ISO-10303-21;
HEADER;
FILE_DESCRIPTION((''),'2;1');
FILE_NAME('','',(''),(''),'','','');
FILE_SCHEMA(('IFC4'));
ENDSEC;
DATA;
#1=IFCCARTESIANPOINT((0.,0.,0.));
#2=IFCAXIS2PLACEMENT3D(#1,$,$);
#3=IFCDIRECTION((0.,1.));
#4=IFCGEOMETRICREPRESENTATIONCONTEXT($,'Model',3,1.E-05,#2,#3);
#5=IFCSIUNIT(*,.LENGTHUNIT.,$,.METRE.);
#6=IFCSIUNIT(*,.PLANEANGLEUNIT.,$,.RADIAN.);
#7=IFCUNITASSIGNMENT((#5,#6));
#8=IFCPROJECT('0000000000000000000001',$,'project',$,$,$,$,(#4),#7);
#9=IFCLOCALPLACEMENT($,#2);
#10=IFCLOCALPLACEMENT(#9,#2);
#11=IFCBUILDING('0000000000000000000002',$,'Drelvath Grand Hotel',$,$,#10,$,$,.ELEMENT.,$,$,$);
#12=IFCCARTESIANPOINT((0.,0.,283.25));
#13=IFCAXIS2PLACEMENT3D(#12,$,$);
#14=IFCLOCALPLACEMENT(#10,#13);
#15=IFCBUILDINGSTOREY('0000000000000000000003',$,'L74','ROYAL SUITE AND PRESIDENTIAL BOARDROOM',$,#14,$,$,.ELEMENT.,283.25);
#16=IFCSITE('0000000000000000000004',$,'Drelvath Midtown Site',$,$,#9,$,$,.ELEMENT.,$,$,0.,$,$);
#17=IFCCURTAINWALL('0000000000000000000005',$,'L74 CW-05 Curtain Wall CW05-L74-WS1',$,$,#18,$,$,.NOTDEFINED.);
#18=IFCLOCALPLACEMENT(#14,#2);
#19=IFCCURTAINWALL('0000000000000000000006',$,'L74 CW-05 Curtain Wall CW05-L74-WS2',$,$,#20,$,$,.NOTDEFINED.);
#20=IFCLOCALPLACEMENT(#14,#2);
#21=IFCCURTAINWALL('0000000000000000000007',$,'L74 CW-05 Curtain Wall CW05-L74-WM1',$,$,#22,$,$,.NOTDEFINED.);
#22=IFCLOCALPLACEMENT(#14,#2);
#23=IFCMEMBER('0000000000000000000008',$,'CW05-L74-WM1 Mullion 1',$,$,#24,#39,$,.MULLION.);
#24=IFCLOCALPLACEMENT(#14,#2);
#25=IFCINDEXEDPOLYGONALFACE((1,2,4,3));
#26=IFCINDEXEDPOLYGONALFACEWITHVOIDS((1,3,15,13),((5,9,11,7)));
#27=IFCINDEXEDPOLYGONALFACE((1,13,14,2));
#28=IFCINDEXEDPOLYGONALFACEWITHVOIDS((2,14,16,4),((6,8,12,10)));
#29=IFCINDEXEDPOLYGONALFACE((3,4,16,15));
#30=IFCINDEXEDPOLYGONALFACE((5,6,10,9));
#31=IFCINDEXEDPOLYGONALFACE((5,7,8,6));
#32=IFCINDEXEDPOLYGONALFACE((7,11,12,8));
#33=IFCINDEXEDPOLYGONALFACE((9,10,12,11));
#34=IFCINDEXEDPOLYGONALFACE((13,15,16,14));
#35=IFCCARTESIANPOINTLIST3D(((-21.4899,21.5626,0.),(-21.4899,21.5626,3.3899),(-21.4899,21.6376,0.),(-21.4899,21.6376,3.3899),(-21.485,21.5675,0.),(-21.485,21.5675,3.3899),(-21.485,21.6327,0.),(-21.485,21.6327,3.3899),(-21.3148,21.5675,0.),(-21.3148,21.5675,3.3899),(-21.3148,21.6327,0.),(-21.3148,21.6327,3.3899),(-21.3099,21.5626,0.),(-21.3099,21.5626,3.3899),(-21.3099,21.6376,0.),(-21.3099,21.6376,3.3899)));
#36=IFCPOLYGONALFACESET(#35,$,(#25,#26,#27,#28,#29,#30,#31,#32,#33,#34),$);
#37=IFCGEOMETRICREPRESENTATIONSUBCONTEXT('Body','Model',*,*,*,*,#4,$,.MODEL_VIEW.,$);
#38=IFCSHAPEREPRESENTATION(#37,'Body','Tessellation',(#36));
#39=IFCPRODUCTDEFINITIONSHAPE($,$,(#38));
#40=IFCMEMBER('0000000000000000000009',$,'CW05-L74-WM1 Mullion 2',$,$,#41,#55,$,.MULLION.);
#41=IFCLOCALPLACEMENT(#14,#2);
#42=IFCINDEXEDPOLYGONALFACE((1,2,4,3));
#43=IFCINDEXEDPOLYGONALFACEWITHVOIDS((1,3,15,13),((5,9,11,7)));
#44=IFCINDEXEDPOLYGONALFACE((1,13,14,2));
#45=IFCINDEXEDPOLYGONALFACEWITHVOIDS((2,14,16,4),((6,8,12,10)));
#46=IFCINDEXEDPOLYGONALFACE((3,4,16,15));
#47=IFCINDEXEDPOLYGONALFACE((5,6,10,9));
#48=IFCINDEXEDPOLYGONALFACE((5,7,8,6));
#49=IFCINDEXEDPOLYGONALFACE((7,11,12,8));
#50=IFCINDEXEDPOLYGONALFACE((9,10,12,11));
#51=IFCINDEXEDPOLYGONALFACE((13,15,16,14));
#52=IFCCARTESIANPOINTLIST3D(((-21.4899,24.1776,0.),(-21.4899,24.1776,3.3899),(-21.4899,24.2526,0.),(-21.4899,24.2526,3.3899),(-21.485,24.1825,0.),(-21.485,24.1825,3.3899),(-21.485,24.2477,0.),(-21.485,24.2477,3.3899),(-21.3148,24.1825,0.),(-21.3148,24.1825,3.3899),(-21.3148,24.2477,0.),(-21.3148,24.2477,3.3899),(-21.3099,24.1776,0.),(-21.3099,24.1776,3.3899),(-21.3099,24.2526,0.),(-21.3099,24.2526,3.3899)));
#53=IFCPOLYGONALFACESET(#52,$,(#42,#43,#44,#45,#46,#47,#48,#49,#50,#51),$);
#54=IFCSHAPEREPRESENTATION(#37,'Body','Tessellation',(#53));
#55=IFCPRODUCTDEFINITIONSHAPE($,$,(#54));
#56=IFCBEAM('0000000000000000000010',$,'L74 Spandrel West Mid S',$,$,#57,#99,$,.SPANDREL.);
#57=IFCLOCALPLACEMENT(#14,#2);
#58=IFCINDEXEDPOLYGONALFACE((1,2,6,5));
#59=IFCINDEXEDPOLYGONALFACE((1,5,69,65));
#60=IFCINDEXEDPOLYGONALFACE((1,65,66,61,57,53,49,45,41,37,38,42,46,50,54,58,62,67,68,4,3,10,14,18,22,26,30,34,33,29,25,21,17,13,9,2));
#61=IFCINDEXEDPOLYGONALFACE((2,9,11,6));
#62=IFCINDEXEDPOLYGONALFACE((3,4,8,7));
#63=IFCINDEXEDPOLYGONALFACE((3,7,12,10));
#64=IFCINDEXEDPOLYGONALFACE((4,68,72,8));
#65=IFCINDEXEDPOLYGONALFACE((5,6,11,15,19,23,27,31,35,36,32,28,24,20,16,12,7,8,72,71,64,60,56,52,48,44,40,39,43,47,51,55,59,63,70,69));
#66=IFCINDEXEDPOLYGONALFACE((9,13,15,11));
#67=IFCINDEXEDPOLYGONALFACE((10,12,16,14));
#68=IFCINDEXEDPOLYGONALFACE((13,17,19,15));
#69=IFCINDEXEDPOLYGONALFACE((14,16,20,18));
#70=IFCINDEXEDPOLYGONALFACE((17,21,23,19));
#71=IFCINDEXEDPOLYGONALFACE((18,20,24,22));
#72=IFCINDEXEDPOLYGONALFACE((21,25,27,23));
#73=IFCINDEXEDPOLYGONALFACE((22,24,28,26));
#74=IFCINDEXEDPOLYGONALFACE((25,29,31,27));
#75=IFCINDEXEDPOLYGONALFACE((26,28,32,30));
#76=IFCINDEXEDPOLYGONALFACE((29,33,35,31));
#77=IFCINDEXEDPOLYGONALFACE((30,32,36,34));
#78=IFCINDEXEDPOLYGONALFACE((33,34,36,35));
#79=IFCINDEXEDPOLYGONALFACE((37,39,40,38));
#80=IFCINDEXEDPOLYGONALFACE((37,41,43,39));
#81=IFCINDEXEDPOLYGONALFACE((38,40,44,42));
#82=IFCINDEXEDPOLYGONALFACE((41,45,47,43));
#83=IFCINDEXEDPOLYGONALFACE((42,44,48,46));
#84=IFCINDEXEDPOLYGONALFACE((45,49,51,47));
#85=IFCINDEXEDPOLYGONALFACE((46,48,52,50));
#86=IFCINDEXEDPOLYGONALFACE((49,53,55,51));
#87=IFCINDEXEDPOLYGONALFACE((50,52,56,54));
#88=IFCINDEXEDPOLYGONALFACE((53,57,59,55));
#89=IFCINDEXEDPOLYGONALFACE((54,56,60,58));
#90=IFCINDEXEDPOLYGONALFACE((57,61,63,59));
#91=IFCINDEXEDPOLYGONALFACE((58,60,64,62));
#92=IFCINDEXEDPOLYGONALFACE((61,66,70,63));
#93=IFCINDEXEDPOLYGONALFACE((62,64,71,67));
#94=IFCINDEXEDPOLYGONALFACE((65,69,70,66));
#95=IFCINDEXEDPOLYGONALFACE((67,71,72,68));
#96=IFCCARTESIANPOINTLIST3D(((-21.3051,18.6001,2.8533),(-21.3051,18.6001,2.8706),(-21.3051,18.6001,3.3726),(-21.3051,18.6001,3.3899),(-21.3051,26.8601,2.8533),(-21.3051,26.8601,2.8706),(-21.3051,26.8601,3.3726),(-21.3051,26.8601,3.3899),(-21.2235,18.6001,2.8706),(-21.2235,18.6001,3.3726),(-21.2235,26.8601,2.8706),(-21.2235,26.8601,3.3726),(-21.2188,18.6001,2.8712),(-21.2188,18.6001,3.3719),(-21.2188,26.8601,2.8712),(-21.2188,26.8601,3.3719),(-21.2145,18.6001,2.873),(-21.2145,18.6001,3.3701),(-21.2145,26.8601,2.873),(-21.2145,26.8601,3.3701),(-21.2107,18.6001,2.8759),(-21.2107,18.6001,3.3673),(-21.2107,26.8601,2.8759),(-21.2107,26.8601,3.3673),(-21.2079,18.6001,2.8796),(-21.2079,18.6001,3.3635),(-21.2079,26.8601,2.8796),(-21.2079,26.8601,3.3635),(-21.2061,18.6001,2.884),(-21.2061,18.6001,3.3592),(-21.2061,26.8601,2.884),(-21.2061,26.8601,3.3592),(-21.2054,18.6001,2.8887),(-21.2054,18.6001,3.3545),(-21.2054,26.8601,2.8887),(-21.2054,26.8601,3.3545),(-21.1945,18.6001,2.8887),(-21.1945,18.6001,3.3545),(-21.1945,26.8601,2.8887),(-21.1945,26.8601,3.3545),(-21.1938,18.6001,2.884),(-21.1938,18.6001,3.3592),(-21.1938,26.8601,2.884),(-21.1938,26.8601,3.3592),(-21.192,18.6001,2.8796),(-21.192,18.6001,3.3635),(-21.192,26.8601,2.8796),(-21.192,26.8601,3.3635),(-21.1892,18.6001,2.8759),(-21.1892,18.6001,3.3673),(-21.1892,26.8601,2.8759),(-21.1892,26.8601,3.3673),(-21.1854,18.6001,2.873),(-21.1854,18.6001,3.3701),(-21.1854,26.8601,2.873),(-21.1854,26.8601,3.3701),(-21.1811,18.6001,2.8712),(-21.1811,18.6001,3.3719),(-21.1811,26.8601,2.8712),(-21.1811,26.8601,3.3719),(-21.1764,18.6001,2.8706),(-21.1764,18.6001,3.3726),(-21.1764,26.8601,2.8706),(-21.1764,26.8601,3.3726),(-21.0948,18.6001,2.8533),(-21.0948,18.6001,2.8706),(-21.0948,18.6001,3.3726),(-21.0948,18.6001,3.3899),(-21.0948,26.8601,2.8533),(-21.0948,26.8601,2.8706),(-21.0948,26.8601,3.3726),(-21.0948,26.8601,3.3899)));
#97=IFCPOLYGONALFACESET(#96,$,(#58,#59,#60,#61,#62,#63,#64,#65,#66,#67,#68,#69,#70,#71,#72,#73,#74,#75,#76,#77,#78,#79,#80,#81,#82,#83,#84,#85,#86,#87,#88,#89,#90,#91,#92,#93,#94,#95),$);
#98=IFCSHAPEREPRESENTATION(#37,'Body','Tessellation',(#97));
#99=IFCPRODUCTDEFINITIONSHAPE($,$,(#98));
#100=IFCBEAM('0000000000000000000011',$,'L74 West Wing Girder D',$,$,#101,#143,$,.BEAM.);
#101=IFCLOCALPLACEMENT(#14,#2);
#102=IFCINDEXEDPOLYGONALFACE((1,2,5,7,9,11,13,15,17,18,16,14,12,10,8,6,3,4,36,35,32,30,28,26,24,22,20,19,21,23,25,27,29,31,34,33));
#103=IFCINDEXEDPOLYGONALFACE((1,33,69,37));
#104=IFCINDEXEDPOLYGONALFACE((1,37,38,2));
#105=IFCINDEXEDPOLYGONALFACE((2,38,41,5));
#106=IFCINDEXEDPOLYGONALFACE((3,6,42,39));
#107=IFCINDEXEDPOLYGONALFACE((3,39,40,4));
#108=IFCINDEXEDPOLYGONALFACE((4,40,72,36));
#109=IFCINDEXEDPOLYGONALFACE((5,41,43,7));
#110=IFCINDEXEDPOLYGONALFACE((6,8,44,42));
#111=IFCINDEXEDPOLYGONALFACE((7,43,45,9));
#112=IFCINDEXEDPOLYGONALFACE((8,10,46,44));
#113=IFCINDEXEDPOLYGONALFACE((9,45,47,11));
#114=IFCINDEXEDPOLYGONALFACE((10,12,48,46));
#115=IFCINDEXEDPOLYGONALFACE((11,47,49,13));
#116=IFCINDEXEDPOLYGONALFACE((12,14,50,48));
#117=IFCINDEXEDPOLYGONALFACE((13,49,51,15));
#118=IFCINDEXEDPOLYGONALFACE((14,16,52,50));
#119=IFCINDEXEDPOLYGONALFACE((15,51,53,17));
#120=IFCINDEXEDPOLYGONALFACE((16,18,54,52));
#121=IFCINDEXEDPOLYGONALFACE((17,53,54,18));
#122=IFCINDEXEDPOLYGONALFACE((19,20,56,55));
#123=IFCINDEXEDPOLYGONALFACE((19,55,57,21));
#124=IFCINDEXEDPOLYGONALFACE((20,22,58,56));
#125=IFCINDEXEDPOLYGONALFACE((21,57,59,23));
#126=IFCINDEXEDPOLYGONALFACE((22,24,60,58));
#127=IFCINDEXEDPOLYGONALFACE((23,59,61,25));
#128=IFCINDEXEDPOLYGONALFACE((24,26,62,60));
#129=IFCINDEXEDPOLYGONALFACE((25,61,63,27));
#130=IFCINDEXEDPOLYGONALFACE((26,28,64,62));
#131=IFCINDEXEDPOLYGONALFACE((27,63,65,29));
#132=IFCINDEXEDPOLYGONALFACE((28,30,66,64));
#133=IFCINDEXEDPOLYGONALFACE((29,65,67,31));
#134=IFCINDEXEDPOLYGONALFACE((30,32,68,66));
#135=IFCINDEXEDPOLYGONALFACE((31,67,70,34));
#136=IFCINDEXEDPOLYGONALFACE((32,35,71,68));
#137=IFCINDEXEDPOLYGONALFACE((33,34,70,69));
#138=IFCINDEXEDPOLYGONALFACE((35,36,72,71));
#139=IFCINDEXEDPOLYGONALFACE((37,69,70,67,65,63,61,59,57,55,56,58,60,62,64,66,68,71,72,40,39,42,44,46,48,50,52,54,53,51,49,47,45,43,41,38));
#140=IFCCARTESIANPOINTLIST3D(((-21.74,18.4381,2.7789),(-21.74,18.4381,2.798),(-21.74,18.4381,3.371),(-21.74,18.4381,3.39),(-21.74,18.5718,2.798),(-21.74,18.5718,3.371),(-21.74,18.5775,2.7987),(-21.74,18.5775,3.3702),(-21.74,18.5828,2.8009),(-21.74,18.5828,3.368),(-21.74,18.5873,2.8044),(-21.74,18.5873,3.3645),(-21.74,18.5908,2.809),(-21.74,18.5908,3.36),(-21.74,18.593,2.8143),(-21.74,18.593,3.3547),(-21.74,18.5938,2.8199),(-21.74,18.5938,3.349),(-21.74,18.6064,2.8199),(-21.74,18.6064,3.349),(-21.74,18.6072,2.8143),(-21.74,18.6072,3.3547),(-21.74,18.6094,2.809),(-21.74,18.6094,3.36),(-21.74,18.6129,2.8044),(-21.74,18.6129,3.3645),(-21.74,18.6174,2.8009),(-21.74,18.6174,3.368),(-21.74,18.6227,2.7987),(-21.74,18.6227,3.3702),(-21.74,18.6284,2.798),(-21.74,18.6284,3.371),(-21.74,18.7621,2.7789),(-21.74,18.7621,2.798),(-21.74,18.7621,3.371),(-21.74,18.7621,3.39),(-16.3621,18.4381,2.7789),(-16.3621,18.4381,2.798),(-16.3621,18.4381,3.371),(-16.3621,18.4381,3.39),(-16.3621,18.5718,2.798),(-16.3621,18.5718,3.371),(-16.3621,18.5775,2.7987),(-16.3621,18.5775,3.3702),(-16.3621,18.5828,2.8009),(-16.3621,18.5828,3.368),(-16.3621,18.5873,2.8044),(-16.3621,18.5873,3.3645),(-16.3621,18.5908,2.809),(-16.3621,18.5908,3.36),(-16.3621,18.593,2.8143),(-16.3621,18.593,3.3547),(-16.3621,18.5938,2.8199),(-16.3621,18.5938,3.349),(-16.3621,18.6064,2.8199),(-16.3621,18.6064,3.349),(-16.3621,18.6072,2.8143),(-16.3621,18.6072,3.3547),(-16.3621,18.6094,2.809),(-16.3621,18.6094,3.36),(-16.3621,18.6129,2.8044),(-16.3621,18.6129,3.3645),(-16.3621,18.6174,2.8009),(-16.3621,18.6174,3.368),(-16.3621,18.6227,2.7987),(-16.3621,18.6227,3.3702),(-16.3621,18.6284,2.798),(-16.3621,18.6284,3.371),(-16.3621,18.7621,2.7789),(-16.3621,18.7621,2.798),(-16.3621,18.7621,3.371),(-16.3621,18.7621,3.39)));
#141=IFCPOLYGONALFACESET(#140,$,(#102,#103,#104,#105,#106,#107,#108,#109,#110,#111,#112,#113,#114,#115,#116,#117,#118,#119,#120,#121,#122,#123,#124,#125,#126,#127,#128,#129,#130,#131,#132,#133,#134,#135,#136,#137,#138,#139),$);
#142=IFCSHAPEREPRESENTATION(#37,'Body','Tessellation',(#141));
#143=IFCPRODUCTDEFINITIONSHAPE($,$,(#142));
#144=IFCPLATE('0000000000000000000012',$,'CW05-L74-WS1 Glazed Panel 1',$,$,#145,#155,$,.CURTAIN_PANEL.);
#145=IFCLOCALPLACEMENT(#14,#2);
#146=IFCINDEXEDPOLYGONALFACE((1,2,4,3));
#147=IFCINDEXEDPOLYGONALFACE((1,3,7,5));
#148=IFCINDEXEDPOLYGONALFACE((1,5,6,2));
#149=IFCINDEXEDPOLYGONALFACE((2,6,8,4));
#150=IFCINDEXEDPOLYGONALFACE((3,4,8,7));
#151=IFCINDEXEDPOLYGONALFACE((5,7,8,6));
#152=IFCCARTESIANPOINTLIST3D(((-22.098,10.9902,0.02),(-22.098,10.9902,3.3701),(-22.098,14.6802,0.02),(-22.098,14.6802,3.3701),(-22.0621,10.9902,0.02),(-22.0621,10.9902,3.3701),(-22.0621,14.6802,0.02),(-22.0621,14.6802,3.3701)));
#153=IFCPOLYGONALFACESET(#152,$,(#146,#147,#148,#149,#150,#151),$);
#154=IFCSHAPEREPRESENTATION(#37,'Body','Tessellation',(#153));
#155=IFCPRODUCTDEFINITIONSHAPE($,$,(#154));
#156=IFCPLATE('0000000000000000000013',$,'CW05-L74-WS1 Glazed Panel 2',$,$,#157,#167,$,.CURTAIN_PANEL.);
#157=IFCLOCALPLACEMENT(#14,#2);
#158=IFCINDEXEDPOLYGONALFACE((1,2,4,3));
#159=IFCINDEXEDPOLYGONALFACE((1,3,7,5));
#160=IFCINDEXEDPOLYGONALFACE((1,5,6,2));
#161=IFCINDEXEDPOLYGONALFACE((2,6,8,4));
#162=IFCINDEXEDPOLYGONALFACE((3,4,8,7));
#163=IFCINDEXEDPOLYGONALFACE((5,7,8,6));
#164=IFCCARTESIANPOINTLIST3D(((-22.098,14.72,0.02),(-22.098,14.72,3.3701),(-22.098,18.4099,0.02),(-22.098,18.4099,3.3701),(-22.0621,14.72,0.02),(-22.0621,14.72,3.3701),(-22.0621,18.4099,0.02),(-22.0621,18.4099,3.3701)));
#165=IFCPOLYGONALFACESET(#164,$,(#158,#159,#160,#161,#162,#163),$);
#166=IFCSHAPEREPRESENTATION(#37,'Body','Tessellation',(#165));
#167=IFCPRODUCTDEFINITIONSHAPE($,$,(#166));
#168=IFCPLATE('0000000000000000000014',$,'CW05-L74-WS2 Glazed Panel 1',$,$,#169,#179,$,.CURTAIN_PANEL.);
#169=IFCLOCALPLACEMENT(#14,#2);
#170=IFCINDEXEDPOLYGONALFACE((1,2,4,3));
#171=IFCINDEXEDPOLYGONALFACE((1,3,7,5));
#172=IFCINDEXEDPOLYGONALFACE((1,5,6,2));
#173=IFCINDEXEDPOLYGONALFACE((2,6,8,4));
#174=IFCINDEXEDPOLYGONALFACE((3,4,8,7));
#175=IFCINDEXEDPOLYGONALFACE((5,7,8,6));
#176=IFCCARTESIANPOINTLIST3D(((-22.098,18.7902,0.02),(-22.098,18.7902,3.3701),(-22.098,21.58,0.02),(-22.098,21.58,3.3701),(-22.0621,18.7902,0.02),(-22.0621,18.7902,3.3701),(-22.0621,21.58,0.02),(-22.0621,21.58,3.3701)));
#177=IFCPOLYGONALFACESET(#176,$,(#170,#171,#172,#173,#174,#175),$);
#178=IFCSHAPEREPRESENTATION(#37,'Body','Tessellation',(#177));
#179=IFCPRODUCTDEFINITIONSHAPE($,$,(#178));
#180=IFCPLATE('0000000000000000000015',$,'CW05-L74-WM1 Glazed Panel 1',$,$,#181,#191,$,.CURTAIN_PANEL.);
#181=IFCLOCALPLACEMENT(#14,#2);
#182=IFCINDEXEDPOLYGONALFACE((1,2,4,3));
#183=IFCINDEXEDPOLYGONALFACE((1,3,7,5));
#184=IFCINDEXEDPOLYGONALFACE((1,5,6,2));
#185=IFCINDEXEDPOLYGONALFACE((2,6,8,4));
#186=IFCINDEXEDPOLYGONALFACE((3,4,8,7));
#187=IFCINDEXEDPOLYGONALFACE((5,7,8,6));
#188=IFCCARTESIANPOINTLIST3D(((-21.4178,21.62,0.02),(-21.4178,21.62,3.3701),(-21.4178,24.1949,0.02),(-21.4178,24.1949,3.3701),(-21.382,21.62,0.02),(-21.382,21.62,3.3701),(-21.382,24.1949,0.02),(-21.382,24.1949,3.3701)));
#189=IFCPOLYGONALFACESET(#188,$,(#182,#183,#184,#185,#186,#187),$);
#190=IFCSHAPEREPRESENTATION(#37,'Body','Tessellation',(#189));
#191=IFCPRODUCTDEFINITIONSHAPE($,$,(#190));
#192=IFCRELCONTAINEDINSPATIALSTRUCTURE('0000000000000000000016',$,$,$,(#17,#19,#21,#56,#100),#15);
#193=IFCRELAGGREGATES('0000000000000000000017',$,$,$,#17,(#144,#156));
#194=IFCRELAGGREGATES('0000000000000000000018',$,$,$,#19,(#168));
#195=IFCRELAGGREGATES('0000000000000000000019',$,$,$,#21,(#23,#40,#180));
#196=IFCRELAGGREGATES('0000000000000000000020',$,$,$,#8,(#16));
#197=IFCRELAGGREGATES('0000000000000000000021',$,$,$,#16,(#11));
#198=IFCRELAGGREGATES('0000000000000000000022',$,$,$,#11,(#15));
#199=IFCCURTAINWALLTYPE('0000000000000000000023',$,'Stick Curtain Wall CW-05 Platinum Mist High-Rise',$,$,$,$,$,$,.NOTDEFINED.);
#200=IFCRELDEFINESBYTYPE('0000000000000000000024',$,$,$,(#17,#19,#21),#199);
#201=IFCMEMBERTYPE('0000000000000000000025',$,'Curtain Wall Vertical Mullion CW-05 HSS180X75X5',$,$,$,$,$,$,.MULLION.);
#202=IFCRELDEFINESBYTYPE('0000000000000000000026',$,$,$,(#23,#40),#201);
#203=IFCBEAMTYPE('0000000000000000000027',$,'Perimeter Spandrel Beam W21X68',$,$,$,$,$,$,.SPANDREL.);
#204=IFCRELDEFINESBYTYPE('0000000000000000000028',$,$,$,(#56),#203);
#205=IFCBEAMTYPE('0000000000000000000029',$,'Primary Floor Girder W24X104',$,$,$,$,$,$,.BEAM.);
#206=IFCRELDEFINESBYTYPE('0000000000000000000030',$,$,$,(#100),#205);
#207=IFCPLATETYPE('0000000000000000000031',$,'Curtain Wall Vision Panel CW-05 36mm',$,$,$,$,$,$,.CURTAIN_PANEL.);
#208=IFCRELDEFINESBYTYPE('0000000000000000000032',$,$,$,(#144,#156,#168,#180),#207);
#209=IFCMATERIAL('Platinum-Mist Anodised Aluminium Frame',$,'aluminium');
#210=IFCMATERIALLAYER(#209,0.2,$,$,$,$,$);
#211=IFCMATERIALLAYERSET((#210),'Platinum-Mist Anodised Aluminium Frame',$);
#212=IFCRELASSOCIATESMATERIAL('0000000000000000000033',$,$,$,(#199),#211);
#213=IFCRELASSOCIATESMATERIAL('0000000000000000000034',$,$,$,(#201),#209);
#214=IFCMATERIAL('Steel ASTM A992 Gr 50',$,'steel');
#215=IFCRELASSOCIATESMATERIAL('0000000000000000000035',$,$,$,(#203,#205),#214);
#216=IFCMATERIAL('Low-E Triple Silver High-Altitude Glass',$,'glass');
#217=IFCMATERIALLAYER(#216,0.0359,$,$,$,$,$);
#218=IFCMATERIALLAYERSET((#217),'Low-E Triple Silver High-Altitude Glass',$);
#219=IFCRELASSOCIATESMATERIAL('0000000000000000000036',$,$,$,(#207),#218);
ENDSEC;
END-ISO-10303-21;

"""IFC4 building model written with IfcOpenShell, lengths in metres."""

from ifc_helpers import new_model, si_unit, direction, frame, origin, origin_2d, place, context, subcontext, project, spatial, rectangle, hollow_rectangle, i_section, extrude, material, layer, layer_set, material_profile, profile_set, type_object, element, aggregate, save


model = new_model("IFC4")

# Units and contexts
model_context = context("Model", 3, precision=1e-05, world=origin(), true_north=direction((0.0, 1.0)))
body_context = subcontext(model_context, "Body", "Model", "MODEL_VIEW")
ifc_project = project(units=[si_unit("LENGTHUNIT", "METRE"), si_unit("PLANEANGLEUNIT", "RADIAN")], contexts=[model_context])

# Site, building, storey
site_placement = place(None, origin())
site = spatial("IfcSite", under=ifc_project, at=site_placement, Name="Drelvath Midtown Site", CompositionType="ELEMENT", RefElevation=0.0)
building_placement = place(site_placement, origin())
building = spatial("IfcBuilding", under=site, at=building_placement, Name="Drelvath Grand Hotel", CompositionType="ELEMENT")
storey_placement = place(building_placement, frame((0.0, 0.0, 283.25)))
storey = spatial("IfcBuildingStorey", under=building, at=storey_placement, Name="L74", Description="ROYAL SUITE AND PRESIDENTIAL BOARDROOM", CompositionType="ELEMENT", Elevation=283.25)

# Curtain walls
ifc_material_1 = material(Name="Platinum-Mist Anodised Aluminium Frame", Category="aluminium")
ifc_layer_1 = layer(ifc_material_1, 0.2)
ifc_layer_set_1 = layer_set([ifc_layer_1], Name="Platinum-Mist Anodised Aluminium Frame")
curtain_wall_type = type_object("IfcCurtainWallType", Name="Stick Curtain Wall CW-05 Platinum Mist High-Rise", PredefinedType="NOTDEFINED", material=ifc_layer_set_1)
curtain_wall_1_placement = place(storey_placement, origin())
curtain_wall_1 = element("IfcCurtainWall", 1, at=curtain_wall_1_placement, inside=storey, type_object=curtain_wall_type, Name="L74 CW-05 Curtain Wall CW05-L74-WS1", PredefinedType="NOTDEFINED")
curtain_wall_2_placement = place(storey_placement, origin())
curtain_wall_2 = element("IfcCurtainWall", 2, at=curtain_wall_2_placement, inside=storey, type_object=curtain_wall_type, Name="L74 CW-05 Curtain Wall CW05-L74-WS2", PredefinedType="NOTDEFINED")
curtain_wall_3_placement = place(storey_placement, origin())
curtain_wall_3 = element("IfcCurtainWall", 3, at=curtain_wall_3_placement, inside=storey, type_object=curtain_wall_type, Name="L74 CW-05 Curtain Wall CW05-L74-WM1", PredefinedType="NOTDEFINED")

# Members
ifc_material_profile_1 = material_profile(ifc_material_1, hollow_rectangle(XDim=0.075, YDim=0.1799, WallThickness=0.0049, at=origin_2d()), Name="HSS180X75X5")
ifc_profile_set_1 = profile_set([ifc_material_profile_1], Name="Platinum-Mist Anodised Aluminium Frame")
member_type_1 = type_object("IfcMemberType", Name="Curtain Wall Vertical Mullion CW-05 HSS180X75X5", PredefinedType="MULLION", material=ifc_profile_set_1)
member_1_placement = place(storey_placement, frame((-21.3999, 21.6001, 0.0), z_axis=(0.0, 0.0, 1.0), x_axis=(0.0, 1.0, 0.0)))
member_1 = element("IfcMember", 4, at=member_1_placement, type_object=member_type_1, Name="CW05-L74-WM1 Mullion 1", PredefinedType="MULLION", context=body_context, shape_type="SweptSolid", body=[
    extrude(hollow_rectangle(XDim=0.075, YDim=0.1799, WallThickness=0.0049, at=origin_2d()), origin(), (0.0, 0.0, 1.0), 3.3899),
])
member_2_placement = place(storey_placement, frame((-21.3999, 24.2151, 0.0), z_axis=(0.0, 0.0, 1.0), x_axis=(0.0, 1.0, 0.0)))
member_2 = element("IfcMember", 5, at=member_2_placement, type_object=member_type_1, Name="CW05-L74-WM1 Mullion 2", PredefinedType="MULLION", context=body_context, shape_type="SweptSolid", body=[
    extrude(hollow_rectangle(XDim=0.075, YDim=0.1799, WallThickness=0.0049, at=origin_2d()), origin(), (0.0, 0.0, 1.0), 3.3899),
])

# Beams
ifc_material_2 = material(Name="Steel ASTM A992 Gr 50", Category="steel")
ifc_material_profile_2 = material_profile(ifc_material_2, i_section(OverallWidth=0.2102, OverallDepth=0.5366, WebThickness=0.011, FlangeThickness=0.0173, FilletRadius=0.0181, at=origin_2d()), Name="W21X68")
ifc_profile_set_2 = profile_set([ifc_material_profile_2], Name="Steel ASTM A992 Gr 50")
beam_type_1 = type_object("IfcBeamType", Name="Perimeter Spandrel Beam W21X68", PredefinedType="SPANDREL", material=ifc_profile_set_2)
beam_1_placement = place(storey_placement, frame((-21.2, 18.6001, 3.1216), z_axis=(0.0, 1.0, 0.0), x_axis=(-1.0, 0.0, 0.0)))
element("IfcBeam", 6, at=beam_1_placement, inside=storey, type_object=beam_type_1, Name="L74 Spandrel West Mid S", PredefinedType="SPANDREL", context=body_context, shape_type="SweptSolid", body=[
    extrude(i_section(OverallWidth=0.2102, OverallDepth=0.5366, WebThickness=0.011, FlangeThickness=0.0173, FilletRadius=0.0181, at=origin_2d()), origin(), (0.0, 0.0, 1.0), 8.26),
])
ifc_material_profile_3 = material_profile(ifc_material_2, i_section(OverallWidth=0.324, OverallDepth=0.6111, WebThickness=0.0127, FlangeThickness=0.019, FilletRadius=0.022, at=origin_2d()), Name="W24X104")
ifc_profile_set_3 = profile_set([ifc_material_profile_3], Name="Steel ASTM A992 Gr 50")
beam_type_2 = type_object("IfcBeamType", Name="Primary Floor Girder W24X104", PredefinedType="BEAM", material=ifc_profile_set_3)
beam_2_placement = place(storey_placement, frame((-21.74, 18.6001, 3.0845), z_axis=(1.0, 0.0, 0.0), x_axis=(0.0, 1.0, 0.0)))
element("IfcBeam", 7, at=beam_2_placement, inside=storey, type_object=beam_type_2, Name="L74 West Wing Girder D", PredefinedType="BEAM", context=body_context, shape_type="SweptSolid", body=[
    extrude(i_section(OverallWidth=0.324, OverallDepth=0.6111, WebThickness=0.0127, FlangeThickness=0.019, FilletRadius=0.022, at=origin_2d()), origin(), (0.0, 0.0, 1.0), 5.3779),
])

# Plates
ifc_material_3 = material(Name="Low-E Triple Silver High-Altitude Glass", Category="glass")
ifc_layer_2 = layer(ifc_material_3, 0.0359)
ifc_layer_set_2 = layer_set([ifc_layer_2], Name="Low-E Triple Silver High-Altitude Glass")
plate_type = type_object("IfcPlateType", Name="Curtain Wall Vision Panel CW-05 36mm", PredefinedType="CURTAIN_PANEL", material=ifc_layer_set_2)
plate_1_placement = place(storey_placement, frame((-22.0801, 12.8352, 0.02), z_axis=(0.0, 0.0, 1.0), x_axis=(0.0, 1.0, 0.0)))
plate_1 = element("IfcPlate", 8, at=plate_1_placement, type_object=plate_type, Name="CW05-L74-WS1 Glazed Panel 1", PredefinedType="CURTAIN_PANEL", context=body_context, shape_type="SweptSolid", body=[
    extrude(rectangle(XDim=3.6899, YDim=0.0359, at=origin_2d()), origin(), (0.0, 0.0, 1.0), 3.3501),
])
plate_2_placement = place(storey_placement, frame((-22.0801, 16.5649, 0.02), z_axis=(0.0, 0.0, 1.0), x_axis=(0.0, 1.0, 0.0)))
plate_2 = element("IfcPlate", 9, at=plate_2_placement, type_object=plate_type, Name="CW05-L74-WS1 Glazed Panel 2", PredefinedType="CURTAIN_PANEL", context=body_context, shape_type="SweptSolid", body=[
    extrude(rectangle(XDim=3.6899, YDim=0.0359, at=origin_2d()), origin(), (0.0, 0.0, 1.0), 3.3501),
])
aggregate(curtain_wall_1, [plate_1, plate_2])
plate_3_placement = place(storey_placement, frame((-22.0801, 20.1851, 0.02), z_axis=(0.0, 0.0, 1.0), x_axis=(0.0, 1.0, 0.0)))
plate_3 = element("IfcPlate", 10, at=plate_3_placement, type_object=plate_type, Name="CW05-L74-WS2 Glazed Panel 1", PredefinedType="CURTAIN_PANEL", context=body_context, shape_type="SweptSolid", body=[
    extrude(rectangle(XDim=2.7898, YDim=0.0359, at=origin_2d()), origin(), (0.0, 0.0, 1.0), 3.3501),
])
aggregate(curtain_wall_2, [plate_3])
plate_4_placement = place(storey_placement, frame((-21.3999, 22.9075, 0.02), z_axis=(0.0, 0.0, 1.0), x_axis=(0.0, 1.0, 0.0)))
plate_4 = element("IfcPlate", 11, at=plate_4_placement, type_object=plate_type, Name="CW05-L74-WM1 Glazed Panel 1", PredefinedType="CURTAIN_PANEL", context=body_context, shape_type="SweptSolid", body=[
    extrude(rectangle(XDim=2.575, YDim=0.0359, at=origin_2d()), origin(), (0.0, 0.0, 1.0), 3.3501),
])
aggregate(curtain_wall_3, [member_1, member_2, plate_4])

save(model, "model.ifc")
